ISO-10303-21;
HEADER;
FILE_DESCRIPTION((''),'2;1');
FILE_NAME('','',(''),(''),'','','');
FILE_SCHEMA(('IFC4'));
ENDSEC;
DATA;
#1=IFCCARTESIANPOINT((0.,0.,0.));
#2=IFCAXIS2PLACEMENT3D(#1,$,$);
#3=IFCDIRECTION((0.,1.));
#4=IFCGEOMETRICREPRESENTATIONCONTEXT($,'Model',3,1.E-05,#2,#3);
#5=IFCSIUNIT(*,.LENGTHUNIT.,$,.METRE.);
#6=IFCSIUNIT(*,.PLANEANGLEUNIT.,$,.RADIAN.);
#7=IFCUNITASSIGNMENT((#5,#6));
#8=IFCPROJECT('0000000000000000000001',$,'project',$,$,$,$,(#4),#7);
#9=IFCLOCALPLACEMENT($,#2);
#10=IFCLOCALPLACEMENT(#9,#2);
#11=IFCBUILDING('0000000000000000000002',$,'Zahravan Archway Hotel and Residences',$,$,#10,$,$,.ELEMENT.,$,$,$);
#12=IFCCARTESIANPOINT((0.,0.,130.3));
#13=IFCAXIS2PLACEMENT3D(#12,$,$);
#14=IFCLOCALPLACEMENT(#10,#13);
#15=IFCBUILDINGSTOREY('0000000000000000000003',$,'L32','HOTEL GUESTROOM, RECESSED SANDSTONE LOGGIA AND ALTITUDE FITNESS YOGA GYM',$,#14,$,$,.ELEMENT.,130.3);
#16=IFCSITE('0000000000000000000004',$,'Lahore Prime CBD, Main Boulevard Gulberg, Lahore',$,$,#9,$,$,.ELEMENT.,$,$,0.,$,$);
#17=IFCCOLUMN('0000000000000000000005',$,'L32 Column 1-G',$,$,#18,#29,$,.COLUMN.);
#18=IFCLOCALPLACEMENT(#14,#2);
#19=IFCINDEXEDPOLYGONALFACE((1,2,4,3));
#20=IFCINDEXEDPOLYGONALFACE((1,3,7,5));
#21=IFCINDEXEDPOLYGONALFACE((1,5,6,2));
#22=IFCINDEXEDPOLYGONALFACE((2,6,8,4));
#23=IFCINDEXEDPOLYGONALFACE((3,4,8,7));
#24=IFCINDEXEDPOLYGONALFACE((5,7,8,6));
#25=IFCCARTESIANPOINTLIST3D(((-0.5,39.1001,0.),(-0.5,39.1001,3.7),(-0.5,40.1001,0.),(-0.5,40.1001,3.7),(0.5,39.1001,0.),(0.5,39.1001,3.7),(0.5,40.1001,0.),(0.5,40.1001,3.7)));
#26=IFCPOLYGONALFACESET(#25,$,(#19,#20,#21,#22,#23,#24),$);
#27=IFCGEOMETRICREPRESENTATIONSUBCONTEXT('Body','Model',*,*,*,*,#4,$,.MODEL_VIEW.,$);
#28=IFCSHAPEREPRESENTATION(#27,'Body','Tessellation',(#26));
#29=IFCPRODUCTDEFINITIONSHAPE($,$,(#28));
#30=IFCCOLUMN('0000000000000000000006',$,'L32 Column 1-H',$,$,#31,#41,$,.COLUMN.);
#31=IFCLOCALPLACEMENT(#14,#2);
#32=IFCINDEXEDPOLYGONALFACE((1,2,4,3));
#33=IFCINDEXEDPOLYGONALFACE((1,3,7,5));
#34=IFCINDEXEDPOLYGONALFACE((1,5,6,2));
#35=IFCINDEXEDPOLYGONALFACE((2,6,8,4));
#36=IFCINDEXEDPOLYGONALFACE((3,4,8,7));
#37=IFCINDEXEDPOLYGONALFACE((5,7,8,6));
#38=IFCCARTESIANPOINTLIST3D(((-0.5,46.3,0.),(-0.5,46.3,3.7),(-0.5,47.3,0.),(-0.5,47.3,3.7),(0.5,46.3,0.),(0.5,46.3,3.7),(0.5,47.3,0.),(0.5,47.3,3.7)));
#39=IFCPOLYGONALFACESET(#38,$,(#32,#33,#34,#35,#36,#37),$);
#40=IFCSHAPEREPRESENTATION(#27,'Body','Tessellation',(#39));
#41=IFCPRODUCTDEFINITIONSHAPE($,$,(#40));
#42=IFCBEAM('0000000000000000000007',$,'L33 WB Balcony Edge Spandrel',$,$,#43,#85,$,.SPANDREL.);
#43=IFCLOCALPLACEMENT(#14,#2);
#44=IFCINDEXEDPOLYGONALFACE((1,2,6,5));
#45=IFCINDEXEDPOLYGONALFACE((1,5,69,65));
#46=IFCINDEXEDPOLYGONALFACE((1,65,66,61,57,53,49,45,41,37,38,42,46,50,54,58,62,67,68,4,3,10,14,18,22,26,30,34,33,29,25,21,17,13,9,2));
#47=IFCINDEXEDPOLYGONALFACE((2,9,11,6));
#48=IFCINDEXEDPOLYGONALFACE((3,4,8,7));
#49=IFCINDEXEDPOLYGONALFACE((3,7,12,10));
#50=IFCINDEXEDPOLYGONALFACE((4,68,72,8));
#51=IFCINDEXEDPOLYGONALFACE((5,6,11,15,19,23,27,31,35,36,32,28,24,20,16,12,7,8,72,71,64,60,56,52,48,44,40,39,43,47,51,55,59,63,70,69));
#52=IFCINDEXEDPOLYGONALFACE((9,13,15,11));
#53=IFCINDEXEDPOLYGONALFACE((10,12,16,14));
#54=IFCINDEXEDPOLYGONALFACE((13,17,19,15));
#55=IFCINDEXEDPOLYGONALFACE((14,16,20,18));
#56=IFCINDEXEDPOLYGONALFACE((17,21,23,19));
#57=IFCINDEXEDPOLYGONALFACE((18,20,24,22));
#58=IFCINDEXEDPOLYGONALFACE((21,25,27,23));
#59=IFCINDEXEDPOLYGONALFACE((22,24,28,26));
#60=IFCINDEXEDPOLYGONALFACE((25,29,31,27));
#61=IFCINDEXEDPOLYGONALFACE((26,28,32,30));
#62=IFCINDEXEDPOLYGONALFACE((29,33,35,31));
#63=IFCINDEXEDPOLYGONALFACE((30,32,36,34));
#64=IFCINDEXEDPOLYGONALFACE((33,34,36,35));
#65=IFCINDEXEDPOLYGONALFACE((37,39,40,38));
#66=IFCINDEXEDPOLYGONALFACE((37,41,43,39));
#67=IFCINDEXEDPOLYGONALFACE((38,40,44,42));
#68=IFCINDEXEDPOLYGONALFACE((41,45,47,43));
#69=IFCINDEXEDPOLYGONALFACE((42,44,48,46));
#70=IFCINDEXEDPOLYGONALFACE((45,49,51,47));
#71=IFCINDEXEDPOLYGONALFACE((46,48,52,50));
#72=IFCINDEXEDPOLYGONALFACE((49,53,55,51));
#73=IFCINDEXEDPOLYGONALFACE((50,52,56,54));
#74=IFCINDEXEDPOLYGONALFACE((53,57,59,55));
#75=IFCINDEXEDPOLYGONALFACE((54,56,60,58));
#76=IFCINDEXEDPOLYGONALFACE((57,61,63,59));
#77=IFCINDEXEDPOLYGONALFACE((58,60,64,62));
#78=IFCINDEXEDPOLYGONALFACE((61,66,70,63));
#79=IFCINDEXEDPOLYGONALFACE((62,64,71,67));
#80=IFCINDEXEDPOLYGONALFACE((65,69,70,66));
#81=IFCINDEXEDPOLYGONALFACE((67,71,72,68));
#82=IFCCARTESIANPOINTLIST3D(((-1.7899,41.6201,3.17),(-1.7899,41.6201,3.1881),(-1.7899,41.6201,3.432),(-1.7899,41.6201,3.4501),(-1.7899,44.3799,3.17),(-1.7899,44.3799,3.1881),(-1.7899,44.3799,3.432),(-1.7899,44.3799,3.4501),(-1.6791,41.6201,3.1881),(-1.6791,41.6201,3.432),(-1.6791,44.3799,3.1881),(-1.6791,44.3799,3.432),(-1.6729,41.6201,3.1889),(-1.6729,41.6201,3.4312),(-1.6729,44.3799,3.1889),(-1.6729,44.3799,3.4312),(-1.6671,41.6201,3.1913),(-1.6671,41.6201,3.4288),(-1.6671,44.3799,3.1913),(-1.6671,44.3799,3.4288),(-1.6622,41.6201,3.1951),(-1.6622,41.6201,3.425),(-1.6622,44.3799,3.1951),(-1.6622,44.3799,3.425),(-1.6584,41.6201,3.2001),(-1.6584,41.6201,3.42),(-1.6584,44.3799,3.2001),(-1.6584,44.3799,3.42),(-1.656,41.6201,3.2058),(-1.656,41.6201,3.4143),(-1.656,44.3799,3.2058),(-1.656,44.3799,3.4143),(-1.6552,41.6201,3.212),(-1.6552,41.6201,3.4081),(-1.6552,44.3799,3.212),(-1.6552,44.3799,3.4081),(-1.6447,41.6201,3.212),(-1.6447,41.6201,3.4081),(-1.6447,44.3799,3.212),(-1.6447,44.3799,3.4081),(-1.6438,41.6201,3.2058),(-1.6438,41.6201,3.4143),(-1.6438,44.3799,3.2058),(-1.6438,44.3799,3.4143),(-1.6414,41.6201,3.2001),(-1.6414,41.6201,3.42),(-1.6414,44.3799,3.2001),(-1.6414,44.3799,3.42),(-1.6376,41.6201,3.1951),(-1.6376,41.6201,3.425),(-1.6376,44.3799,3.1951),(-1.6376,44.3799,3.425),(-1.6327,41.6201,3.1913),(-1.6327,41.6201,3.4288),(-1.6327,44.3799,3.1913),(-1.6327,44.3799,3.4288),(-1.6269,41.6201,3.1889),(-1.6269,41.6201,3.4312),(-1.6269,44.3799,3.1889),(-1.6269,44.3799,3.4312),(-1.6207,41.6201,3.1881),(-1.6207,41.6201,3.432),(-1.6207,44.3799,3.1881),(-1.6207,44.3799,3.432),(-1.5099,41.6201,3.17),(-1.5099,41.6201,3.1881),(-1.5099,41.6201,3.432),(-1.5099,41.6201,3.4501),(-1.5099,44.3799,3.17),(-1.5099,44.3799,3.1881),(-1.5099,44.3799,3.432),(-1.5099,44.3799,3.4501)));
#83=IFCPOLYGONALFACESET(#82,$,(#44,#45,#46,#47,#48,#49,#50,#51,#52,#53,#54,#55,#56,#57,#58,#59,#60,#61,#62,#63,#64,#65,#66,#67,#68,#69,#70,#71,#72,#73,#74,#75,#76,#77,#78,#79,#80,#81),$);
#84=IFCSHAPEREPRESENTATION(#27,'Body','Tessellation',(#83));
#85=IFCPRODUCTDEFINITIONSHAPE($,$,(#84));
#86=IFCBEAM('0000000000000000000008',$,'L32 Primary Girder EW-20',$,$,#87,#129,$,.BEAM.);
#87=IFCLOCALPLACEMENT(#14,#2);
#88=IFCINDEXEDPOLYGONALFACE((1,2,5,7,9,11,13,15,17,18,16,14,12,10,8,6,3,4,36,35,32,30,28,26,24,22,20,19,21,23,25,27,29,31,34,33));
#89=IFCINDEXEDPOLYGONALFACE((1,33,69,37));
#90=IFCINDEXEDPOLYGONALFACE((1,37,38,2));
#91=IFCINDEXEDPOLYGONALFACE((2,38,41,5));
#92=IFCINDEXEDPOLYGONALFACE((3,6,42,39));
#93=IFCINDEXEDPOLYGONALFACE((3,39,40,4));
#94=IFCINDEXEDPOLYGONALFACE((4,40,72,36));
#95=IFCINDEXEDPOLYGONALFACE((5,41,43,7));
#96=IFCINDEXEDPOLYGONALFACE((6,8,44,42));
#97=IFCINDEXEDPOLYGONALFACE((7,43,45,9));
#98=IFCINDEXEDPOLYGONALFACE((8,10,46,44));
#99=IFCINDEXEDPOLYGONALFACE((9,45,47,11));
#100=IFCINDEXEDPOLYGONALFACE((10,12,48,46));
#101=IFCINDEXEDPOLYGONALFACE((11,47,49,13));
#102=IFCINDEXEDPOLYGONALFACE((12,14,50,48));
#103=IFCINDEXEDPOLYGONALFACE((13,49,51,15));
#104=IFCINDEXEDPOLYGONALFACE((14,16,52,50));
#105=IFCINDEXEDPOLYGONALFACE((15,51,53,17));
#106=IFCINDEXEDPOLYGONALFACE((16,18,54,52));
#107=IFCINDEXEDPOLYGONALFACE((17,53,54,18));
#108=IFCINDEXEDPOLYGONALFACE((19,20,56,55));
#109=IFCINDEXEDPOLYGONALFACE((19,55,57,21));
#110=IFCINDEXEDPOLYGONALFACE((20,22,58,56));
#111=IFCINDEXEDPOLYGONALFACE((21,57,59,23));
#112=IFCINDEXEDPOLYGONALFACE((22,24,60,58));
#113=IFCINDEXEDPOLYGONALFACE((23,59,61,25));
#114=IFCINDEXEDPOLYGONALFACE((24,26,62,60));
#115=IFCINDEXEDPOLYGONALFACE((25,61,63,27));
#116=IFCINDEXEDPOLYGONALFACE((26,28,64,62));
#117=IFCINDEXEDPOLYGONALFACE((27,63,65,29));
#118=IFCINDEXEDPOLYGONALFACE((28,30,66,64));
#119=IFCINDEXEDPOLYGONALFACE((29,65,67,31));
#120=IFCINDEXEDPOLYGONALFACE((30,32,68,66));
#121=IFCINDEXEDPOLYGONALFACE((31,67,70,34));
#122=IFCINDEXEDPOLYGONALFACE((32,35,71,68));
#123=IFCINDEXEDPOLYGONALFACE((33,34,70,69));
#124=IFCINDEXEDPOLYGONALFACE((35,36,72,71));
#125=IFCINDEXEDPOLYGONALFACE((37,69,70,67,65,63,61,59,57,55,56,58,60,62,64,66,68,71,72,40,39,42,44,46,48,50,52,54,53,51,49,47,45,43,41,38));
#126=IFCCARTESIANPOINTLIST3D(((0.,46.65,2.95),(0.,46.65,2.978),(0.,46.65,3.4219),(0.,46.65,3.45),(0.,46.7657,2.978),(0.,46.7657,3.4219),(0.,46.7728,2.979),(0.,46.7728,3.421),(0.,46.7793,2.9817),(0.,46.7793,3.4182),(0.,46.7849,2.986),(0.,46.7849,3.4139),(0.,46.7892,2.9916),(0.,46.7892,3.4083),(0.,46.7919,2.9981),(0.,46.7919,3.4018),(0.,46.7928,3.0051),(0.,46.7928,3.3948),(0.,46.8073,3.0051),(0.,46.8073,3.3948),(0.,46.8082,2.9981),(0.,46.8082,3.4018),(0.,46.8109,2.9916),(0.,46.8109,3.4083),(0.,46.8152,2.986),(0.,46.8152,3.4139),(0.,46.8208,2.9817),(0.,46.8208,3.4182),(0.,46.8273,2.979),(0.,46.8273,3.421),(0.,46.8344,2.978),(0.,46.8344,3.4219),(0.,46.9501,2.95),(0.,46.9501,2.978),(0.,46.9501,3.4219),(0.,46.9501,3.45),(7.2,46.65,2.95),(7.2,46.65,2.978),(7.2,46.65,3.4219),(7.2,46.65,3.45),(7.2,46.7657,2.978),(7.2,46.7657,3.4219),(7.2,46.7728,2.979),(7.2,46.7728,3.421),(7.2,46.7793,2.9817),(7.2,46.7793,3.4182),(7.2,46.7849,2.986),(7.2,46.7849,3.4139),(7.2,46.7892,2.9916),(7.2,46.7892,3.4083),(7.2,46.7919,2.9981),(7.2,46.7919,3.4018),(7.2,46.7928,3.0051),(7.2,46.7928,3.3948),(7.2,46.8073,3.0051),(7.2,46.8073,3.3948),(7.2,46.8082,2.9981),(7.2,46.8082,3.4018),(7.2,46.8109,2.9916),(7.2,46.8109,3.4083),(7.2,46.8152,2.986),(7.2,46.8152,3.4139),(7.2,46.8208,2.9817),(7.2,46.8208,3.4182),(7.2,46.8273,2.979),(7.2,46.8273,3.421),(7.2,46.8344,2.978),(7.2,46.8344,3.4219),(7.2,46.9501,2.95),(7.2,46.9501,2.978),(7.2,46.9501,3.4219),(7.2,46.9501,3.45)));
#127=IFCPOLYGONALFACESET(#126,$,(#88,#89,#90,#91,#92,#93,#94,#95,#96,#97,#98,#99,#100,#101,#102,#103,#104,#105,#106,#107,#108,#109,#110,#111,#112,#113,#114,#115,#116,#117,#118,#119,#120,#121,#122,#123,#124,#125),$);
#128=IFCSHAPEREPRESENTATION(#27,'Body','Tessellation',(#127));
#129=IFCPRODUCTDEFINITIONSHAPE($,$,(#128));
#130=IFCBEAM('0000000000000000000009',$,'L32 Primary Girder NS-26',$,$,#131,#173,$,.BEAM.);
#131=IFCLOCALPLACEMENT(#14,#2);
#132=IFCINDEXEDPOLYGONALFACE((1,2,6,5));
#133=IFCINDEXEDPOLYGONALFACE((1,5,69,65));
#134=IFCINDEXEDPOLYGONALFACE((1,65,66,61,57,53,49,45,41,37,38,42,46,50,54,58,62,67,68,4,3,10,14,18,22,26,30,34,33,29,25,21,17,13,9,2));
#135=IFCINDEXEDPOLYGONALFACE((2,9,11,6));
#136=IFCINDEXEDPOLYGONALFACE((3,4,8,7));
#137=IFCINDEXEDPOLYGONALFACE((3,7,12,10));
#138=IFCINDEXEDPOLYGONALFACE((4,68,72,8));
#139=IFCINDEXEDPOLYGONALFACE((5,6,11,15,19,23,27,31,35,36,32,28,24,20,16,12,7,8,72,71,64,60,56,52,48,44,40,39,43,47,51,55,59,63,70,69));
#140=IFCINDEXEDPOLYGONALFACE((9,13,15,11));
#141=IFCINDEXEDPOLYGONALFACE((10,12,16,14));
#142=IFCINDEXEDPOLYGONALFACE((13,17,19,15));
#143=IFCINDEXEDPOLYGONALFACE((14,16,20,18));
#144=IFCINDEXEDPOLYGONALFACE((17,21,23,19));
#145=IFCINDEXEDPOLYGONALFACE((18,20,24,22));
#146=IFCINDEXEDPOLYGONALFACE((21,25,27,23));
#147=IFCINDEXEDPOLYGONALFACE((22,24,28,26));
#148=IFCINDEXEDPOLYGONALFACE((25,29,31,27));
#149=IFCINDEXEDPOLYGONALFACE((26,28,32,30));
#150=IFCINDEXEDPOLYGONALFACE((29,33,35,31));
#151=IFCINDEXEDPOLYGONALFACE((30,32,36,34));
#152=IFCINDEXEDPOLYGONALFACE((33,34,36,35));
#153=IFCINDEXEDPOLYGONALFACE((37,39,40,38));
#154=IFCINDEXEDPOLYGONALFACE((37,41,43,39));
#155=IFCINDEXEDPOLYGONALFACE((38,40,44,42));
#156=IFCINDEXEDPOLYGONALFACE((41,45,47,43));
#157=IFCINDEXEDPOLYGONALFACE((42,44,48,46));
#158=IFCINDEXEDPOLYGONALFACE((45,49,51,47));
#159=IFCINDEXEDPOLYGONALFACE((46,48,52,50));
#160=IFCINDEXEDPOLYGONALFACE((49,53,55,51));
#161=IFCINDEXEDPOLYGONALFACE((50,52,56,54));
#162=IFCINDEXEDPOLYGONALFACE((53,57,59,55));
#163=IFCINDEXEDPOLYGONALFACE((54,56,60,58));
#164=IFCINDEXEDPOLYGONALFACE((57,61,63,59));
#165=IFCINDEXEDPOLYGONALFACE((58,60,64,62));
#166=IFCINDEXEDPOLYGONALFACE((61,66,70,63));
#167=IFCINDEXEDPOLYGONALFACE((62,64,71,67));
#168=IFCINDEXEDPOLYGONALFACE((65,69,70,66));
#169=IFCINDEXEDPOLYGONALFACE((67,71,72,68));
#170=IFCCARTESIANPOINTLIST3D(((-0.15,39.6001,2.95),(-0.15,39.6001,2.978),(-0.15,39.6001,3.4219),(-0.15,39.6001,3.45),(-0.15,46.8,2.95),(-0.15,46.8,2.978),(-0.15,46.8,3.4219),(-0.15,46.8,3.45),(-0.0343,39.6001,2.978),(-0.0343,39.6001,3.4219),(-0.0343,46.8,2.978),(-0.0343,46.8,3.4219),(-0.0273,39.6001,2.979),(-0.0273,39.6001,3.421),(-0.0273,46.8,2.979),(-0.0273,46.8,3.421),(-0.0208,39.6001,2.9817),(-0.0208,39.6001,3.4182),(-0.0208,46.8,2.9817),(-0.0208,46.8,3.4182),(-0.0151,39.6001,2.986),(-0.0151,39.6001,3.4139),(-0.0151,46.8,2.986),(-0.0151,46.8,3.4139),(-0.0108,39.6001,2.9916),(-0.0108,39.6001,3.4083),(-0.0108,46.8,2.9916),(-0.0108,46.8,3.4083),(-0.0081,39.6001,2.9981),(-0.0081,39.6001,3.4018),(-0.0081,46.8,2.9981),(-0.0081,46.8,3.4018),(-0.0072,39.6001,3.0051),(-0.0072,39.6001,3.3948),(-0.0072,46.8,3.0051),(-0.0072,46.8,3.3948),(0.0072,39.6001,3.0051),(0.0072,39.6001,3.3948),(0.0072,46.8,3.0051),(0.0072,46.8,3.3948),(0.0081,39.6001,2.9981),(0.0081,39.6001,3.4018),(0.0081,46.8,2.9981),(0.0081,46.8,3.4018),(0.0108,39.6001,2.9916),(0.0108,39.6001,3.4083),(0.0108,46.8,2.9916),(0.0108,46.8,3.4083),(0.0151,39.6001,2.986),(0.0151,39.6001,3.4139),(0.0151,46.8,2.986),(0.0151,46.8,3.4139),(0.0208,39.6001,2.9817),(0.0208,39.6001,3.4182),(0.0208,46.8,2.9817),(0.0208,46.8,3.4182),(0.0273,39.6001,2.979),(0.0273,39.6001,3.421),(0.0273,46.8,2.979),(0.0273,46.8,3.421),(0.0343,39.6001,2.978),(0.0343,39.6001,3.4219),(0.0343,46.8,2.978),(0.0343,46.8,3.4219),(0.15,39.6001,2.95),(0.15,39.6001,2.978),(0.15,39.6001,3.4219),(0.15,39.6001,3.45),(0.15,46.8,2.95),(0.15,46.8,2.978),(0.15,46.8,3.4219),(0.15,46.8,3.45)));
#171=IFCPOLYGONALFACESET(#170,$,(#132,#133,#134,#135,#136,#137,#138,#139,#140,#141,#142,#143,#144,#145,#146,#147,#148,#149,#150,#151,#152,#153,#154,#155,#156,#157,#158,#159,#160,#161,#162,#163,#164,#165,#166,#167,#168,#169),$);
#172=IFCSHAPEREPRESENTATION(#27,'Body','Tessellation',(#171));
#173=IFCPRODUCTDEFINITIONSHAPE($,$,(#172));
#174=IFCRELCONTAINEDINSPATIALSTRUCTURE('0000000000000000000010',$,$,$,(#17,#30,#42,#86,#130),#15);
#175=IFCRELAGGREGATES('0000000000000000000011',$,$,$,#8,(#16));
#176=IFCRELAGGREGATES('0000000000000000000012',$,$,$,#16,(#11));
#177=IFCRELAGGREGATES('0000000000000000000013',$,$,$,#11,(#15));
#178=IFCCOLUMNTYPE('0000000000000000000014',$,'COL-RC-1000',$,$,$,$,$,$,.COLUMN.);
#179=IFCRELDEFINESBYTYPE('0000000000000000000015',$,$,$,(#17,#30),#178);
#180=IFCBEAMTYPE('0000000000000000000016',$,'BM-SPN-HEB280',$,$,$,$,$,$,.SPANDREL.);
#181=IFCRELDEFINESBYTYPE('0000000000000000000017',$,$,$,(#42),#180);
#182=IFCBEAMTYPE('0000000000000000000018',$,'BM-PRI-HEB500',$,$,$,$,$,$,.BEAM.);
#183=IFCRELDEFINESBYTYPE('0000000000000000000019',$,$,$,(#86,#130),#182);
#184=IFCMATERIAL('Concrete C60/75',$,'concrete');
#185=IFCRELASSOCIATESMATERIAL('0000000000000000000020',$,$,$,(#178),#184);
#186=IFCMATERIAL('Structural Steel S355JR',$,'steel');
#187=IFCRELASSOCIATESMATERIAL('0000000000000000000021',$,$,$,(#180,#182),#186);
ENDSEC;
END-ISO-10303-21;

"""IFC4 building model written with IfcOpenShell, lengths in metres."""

from ifc_helpers import new_model, si_unit, direction, frame, origin, origin_2d, place, context, subcontext, project, spatial, rectangle, i_section, extrude, source, transform, mapped, material, material_profile, profile_set, type_object, type_shapes, element, save


model = new_model("IFC4")

# Units and contexts
model_context = context("Model", 3, precision=1e-05, world=origin(), true_north=direction((0.0, 1.0)))
body_context = subcontext(model_context, "Body", "Model", "MODEL_VIEW")
ifc_project = project(units=[si_unit("LENGTHUNIT", "METRE"), si_unit("PLANEANGLEUNIT", "RADIAN")], contexts=[model_context])

# Site, building, storey
site_placement = place(None, origin())
site = spatial("IfcSite", under=ifc_project, at=site_placement, Name="Lahore Prime CBD, Main Boulevard Gulberg, Lahore", CompositionType="ELEMENT", RefElevation=0.0)
building_placement = place(site_placement, origin())
building = spatial("IfcBuilding", under=site, at=building_placement, Name="Zahravan Archway Hotel and Residences", CompositionType="ELEMENT")
storey_placement = place(building_placement, frame((0.0, 0.0, 130.3)))
storey = spatial("IfcBuildingStorey", under=building, at=storey_placement, Name="L32", Description="HOTEL GUESTROOM, RECESSED SANDSTONE LOGGIA AND ALTITUDE FITNESS YOGA GYM", CompositionType="ELEMENT", Elevation=130.3)

# Columns
ifc_material_1 = material(Name="Concrete C60/75", Category="concrete")
ifc_material_profile_1 = material_profile(ifc_material_1, rectangle(XDim=1.0, YDim=1.0, at=origin_2d()), Name="RC-COL-1000x1000", Category="concrete")
ifc_profile_set_1 = profile_set([ifc_material_profile_1], Name="Concrete C60/75")
column_type = type_object("IfcColumnType", Name="COL-RC-1000", PredefinedType="COLUMN", material=ifc_profile_set_1)
shared_shape_1 = source(origin(), body_context, "Body", "SweptSolid", [
    extrude(rectangle(XDim=1.0, YDim=1.0, at=origin_2d()), origin(), (0.0, 0.0, 1.0), 3.7),
])
type_shapes(column_type, [shared_shape_1])
for number, where, z_axis, x_axis, name in (
    (1, (0.0, 39.6001, 0.0), (0.0, 0.0, 1.0), (1.0, 0.0, 0.0), "L32 Column 1-G"),
    (2, (0.0, 46.8, 0.0), (0.0, 0.0, 1.0), (1.0, 0.0, 0.0), "L32 Column 1-H"),
):
    element("IfcColumn", number, at=place(storey_placement, frame(where, z_axis=z_axis, x_axis=x_axis)), inside=storey, type_object=column_type, Name=name, PredefinedType="COLUMN", context=body_context, shape_type="MappedRepresentation", body=[
        mapped(shared_shape_1, transform((0.0, 0.0, 0.0), scale=1.0)),
    ])

# Beams
ifc_material_2 = material(Name="Structural Steel S355JR", Category="steel")
ifc_material_profile_2 = material_profile(ifc_material_2, i_section(OverallWidth=0.28, OverallDepth=0.28, WebThickness=0.0105, FlangeThickness=0.0181, FilletRadius=0.0239, at=origin_2d()), Name="HEB 280", Category="steel")
ifc_profile_set_2 = profile_set([ifc_material_profile_2], Name="Structural Steel S355JR")
beam_type_1 = type_object("IfcBeamType", Name="BM-SPN-HEB280", PredefinedType="SPANDREL", material=ifc_profile_set_2)
shared_shape_2 = source(origin(), body_context, "Body", "SweptSolid", [
    extrude(i_section(OverallWidth=0.28, OverallDepth=0.28, WebThickness=0.0105, FlangeThickness=0.0181, FilletRadius=0.0239, at=origin_2d()), origin(), (0.0, 0.0, 1.0), 2.7598),
])
beam_placement = place(storey_placement, frame((-1.6499, 41.6201, 3.3101), z_axis=(0.0, 1.0, 0.0), x_axis=(-1.0, 0.0, 0.0)))
element("IfcBeam", 3, at=beam_placement, inside=storey, type_object=beam_type_1, Name="L33 WB Balcony Edge Spandrel", PredefinedType="SPANDREL", context=body_context, shape_type="MappedRepresentation", body=[
    mapped(shared_shape_2, transform((0.0, 0.0, 0.0), scale=1.0)),
])
ifc_material_profile_3 = material_profile(ifc_material_2, i_section(OverallWidth=0.3, OverallDepth=0.5, WebThickness=0.0144, FlangeThickness=0.0281, FilletRadius=0.0271, at=origin_2d()), Name="HEB 500", Category="steel")
ifc_profile_set_3 = profile_set([ifc_material_profile_3], Name="Structural Steel S355JR")
beam_type_2 = type_object("IfcBeamType", Name="BM-PRI-HEB500", PredefinedType="BEAM", material=ifc_profile_set_3)
shared_shape_3 = source(origin(), body_context, "Body", "SweptSolid", [
    extrude(i_section(OverallWidth=0.3, OverallDepth=0.5, WebThickness=0.0144, FlangeThickness=0.0281, FilletRadius=0.0271, at=origin_2d()), origin(), (0.0, 0.0, 1.0), 7.2),
])
for number, where, z_axis, x_axis, name in (
    (4, (0.0, 46.8, 3.2), (1.0, 0.0, 0.0), (0.0, 1.0, 0.0), "L32 Primary Girder EW-20"),
    (5, (0.0, 39.6001, 3.2), (0.0, 1.0, 0.0), (-1.0, 0.0, 0.0), "L32 Primary Girder NS-26"),
):
    element("IfcBeam", number, at=place(storey_placement, frame(where, z_axis=z_axis, x_axis=x_axis)), inside=storey, type_object=beam_type_2, Name=name, PredefinedType="BEAM", context=body_context, shape_type="MappedRepresentation", body=[
        mapped(shared_shape_3, transform((0.0, 0.0, 0.0), scale=1.0)),
    ])

save(model, "model.ifc")
